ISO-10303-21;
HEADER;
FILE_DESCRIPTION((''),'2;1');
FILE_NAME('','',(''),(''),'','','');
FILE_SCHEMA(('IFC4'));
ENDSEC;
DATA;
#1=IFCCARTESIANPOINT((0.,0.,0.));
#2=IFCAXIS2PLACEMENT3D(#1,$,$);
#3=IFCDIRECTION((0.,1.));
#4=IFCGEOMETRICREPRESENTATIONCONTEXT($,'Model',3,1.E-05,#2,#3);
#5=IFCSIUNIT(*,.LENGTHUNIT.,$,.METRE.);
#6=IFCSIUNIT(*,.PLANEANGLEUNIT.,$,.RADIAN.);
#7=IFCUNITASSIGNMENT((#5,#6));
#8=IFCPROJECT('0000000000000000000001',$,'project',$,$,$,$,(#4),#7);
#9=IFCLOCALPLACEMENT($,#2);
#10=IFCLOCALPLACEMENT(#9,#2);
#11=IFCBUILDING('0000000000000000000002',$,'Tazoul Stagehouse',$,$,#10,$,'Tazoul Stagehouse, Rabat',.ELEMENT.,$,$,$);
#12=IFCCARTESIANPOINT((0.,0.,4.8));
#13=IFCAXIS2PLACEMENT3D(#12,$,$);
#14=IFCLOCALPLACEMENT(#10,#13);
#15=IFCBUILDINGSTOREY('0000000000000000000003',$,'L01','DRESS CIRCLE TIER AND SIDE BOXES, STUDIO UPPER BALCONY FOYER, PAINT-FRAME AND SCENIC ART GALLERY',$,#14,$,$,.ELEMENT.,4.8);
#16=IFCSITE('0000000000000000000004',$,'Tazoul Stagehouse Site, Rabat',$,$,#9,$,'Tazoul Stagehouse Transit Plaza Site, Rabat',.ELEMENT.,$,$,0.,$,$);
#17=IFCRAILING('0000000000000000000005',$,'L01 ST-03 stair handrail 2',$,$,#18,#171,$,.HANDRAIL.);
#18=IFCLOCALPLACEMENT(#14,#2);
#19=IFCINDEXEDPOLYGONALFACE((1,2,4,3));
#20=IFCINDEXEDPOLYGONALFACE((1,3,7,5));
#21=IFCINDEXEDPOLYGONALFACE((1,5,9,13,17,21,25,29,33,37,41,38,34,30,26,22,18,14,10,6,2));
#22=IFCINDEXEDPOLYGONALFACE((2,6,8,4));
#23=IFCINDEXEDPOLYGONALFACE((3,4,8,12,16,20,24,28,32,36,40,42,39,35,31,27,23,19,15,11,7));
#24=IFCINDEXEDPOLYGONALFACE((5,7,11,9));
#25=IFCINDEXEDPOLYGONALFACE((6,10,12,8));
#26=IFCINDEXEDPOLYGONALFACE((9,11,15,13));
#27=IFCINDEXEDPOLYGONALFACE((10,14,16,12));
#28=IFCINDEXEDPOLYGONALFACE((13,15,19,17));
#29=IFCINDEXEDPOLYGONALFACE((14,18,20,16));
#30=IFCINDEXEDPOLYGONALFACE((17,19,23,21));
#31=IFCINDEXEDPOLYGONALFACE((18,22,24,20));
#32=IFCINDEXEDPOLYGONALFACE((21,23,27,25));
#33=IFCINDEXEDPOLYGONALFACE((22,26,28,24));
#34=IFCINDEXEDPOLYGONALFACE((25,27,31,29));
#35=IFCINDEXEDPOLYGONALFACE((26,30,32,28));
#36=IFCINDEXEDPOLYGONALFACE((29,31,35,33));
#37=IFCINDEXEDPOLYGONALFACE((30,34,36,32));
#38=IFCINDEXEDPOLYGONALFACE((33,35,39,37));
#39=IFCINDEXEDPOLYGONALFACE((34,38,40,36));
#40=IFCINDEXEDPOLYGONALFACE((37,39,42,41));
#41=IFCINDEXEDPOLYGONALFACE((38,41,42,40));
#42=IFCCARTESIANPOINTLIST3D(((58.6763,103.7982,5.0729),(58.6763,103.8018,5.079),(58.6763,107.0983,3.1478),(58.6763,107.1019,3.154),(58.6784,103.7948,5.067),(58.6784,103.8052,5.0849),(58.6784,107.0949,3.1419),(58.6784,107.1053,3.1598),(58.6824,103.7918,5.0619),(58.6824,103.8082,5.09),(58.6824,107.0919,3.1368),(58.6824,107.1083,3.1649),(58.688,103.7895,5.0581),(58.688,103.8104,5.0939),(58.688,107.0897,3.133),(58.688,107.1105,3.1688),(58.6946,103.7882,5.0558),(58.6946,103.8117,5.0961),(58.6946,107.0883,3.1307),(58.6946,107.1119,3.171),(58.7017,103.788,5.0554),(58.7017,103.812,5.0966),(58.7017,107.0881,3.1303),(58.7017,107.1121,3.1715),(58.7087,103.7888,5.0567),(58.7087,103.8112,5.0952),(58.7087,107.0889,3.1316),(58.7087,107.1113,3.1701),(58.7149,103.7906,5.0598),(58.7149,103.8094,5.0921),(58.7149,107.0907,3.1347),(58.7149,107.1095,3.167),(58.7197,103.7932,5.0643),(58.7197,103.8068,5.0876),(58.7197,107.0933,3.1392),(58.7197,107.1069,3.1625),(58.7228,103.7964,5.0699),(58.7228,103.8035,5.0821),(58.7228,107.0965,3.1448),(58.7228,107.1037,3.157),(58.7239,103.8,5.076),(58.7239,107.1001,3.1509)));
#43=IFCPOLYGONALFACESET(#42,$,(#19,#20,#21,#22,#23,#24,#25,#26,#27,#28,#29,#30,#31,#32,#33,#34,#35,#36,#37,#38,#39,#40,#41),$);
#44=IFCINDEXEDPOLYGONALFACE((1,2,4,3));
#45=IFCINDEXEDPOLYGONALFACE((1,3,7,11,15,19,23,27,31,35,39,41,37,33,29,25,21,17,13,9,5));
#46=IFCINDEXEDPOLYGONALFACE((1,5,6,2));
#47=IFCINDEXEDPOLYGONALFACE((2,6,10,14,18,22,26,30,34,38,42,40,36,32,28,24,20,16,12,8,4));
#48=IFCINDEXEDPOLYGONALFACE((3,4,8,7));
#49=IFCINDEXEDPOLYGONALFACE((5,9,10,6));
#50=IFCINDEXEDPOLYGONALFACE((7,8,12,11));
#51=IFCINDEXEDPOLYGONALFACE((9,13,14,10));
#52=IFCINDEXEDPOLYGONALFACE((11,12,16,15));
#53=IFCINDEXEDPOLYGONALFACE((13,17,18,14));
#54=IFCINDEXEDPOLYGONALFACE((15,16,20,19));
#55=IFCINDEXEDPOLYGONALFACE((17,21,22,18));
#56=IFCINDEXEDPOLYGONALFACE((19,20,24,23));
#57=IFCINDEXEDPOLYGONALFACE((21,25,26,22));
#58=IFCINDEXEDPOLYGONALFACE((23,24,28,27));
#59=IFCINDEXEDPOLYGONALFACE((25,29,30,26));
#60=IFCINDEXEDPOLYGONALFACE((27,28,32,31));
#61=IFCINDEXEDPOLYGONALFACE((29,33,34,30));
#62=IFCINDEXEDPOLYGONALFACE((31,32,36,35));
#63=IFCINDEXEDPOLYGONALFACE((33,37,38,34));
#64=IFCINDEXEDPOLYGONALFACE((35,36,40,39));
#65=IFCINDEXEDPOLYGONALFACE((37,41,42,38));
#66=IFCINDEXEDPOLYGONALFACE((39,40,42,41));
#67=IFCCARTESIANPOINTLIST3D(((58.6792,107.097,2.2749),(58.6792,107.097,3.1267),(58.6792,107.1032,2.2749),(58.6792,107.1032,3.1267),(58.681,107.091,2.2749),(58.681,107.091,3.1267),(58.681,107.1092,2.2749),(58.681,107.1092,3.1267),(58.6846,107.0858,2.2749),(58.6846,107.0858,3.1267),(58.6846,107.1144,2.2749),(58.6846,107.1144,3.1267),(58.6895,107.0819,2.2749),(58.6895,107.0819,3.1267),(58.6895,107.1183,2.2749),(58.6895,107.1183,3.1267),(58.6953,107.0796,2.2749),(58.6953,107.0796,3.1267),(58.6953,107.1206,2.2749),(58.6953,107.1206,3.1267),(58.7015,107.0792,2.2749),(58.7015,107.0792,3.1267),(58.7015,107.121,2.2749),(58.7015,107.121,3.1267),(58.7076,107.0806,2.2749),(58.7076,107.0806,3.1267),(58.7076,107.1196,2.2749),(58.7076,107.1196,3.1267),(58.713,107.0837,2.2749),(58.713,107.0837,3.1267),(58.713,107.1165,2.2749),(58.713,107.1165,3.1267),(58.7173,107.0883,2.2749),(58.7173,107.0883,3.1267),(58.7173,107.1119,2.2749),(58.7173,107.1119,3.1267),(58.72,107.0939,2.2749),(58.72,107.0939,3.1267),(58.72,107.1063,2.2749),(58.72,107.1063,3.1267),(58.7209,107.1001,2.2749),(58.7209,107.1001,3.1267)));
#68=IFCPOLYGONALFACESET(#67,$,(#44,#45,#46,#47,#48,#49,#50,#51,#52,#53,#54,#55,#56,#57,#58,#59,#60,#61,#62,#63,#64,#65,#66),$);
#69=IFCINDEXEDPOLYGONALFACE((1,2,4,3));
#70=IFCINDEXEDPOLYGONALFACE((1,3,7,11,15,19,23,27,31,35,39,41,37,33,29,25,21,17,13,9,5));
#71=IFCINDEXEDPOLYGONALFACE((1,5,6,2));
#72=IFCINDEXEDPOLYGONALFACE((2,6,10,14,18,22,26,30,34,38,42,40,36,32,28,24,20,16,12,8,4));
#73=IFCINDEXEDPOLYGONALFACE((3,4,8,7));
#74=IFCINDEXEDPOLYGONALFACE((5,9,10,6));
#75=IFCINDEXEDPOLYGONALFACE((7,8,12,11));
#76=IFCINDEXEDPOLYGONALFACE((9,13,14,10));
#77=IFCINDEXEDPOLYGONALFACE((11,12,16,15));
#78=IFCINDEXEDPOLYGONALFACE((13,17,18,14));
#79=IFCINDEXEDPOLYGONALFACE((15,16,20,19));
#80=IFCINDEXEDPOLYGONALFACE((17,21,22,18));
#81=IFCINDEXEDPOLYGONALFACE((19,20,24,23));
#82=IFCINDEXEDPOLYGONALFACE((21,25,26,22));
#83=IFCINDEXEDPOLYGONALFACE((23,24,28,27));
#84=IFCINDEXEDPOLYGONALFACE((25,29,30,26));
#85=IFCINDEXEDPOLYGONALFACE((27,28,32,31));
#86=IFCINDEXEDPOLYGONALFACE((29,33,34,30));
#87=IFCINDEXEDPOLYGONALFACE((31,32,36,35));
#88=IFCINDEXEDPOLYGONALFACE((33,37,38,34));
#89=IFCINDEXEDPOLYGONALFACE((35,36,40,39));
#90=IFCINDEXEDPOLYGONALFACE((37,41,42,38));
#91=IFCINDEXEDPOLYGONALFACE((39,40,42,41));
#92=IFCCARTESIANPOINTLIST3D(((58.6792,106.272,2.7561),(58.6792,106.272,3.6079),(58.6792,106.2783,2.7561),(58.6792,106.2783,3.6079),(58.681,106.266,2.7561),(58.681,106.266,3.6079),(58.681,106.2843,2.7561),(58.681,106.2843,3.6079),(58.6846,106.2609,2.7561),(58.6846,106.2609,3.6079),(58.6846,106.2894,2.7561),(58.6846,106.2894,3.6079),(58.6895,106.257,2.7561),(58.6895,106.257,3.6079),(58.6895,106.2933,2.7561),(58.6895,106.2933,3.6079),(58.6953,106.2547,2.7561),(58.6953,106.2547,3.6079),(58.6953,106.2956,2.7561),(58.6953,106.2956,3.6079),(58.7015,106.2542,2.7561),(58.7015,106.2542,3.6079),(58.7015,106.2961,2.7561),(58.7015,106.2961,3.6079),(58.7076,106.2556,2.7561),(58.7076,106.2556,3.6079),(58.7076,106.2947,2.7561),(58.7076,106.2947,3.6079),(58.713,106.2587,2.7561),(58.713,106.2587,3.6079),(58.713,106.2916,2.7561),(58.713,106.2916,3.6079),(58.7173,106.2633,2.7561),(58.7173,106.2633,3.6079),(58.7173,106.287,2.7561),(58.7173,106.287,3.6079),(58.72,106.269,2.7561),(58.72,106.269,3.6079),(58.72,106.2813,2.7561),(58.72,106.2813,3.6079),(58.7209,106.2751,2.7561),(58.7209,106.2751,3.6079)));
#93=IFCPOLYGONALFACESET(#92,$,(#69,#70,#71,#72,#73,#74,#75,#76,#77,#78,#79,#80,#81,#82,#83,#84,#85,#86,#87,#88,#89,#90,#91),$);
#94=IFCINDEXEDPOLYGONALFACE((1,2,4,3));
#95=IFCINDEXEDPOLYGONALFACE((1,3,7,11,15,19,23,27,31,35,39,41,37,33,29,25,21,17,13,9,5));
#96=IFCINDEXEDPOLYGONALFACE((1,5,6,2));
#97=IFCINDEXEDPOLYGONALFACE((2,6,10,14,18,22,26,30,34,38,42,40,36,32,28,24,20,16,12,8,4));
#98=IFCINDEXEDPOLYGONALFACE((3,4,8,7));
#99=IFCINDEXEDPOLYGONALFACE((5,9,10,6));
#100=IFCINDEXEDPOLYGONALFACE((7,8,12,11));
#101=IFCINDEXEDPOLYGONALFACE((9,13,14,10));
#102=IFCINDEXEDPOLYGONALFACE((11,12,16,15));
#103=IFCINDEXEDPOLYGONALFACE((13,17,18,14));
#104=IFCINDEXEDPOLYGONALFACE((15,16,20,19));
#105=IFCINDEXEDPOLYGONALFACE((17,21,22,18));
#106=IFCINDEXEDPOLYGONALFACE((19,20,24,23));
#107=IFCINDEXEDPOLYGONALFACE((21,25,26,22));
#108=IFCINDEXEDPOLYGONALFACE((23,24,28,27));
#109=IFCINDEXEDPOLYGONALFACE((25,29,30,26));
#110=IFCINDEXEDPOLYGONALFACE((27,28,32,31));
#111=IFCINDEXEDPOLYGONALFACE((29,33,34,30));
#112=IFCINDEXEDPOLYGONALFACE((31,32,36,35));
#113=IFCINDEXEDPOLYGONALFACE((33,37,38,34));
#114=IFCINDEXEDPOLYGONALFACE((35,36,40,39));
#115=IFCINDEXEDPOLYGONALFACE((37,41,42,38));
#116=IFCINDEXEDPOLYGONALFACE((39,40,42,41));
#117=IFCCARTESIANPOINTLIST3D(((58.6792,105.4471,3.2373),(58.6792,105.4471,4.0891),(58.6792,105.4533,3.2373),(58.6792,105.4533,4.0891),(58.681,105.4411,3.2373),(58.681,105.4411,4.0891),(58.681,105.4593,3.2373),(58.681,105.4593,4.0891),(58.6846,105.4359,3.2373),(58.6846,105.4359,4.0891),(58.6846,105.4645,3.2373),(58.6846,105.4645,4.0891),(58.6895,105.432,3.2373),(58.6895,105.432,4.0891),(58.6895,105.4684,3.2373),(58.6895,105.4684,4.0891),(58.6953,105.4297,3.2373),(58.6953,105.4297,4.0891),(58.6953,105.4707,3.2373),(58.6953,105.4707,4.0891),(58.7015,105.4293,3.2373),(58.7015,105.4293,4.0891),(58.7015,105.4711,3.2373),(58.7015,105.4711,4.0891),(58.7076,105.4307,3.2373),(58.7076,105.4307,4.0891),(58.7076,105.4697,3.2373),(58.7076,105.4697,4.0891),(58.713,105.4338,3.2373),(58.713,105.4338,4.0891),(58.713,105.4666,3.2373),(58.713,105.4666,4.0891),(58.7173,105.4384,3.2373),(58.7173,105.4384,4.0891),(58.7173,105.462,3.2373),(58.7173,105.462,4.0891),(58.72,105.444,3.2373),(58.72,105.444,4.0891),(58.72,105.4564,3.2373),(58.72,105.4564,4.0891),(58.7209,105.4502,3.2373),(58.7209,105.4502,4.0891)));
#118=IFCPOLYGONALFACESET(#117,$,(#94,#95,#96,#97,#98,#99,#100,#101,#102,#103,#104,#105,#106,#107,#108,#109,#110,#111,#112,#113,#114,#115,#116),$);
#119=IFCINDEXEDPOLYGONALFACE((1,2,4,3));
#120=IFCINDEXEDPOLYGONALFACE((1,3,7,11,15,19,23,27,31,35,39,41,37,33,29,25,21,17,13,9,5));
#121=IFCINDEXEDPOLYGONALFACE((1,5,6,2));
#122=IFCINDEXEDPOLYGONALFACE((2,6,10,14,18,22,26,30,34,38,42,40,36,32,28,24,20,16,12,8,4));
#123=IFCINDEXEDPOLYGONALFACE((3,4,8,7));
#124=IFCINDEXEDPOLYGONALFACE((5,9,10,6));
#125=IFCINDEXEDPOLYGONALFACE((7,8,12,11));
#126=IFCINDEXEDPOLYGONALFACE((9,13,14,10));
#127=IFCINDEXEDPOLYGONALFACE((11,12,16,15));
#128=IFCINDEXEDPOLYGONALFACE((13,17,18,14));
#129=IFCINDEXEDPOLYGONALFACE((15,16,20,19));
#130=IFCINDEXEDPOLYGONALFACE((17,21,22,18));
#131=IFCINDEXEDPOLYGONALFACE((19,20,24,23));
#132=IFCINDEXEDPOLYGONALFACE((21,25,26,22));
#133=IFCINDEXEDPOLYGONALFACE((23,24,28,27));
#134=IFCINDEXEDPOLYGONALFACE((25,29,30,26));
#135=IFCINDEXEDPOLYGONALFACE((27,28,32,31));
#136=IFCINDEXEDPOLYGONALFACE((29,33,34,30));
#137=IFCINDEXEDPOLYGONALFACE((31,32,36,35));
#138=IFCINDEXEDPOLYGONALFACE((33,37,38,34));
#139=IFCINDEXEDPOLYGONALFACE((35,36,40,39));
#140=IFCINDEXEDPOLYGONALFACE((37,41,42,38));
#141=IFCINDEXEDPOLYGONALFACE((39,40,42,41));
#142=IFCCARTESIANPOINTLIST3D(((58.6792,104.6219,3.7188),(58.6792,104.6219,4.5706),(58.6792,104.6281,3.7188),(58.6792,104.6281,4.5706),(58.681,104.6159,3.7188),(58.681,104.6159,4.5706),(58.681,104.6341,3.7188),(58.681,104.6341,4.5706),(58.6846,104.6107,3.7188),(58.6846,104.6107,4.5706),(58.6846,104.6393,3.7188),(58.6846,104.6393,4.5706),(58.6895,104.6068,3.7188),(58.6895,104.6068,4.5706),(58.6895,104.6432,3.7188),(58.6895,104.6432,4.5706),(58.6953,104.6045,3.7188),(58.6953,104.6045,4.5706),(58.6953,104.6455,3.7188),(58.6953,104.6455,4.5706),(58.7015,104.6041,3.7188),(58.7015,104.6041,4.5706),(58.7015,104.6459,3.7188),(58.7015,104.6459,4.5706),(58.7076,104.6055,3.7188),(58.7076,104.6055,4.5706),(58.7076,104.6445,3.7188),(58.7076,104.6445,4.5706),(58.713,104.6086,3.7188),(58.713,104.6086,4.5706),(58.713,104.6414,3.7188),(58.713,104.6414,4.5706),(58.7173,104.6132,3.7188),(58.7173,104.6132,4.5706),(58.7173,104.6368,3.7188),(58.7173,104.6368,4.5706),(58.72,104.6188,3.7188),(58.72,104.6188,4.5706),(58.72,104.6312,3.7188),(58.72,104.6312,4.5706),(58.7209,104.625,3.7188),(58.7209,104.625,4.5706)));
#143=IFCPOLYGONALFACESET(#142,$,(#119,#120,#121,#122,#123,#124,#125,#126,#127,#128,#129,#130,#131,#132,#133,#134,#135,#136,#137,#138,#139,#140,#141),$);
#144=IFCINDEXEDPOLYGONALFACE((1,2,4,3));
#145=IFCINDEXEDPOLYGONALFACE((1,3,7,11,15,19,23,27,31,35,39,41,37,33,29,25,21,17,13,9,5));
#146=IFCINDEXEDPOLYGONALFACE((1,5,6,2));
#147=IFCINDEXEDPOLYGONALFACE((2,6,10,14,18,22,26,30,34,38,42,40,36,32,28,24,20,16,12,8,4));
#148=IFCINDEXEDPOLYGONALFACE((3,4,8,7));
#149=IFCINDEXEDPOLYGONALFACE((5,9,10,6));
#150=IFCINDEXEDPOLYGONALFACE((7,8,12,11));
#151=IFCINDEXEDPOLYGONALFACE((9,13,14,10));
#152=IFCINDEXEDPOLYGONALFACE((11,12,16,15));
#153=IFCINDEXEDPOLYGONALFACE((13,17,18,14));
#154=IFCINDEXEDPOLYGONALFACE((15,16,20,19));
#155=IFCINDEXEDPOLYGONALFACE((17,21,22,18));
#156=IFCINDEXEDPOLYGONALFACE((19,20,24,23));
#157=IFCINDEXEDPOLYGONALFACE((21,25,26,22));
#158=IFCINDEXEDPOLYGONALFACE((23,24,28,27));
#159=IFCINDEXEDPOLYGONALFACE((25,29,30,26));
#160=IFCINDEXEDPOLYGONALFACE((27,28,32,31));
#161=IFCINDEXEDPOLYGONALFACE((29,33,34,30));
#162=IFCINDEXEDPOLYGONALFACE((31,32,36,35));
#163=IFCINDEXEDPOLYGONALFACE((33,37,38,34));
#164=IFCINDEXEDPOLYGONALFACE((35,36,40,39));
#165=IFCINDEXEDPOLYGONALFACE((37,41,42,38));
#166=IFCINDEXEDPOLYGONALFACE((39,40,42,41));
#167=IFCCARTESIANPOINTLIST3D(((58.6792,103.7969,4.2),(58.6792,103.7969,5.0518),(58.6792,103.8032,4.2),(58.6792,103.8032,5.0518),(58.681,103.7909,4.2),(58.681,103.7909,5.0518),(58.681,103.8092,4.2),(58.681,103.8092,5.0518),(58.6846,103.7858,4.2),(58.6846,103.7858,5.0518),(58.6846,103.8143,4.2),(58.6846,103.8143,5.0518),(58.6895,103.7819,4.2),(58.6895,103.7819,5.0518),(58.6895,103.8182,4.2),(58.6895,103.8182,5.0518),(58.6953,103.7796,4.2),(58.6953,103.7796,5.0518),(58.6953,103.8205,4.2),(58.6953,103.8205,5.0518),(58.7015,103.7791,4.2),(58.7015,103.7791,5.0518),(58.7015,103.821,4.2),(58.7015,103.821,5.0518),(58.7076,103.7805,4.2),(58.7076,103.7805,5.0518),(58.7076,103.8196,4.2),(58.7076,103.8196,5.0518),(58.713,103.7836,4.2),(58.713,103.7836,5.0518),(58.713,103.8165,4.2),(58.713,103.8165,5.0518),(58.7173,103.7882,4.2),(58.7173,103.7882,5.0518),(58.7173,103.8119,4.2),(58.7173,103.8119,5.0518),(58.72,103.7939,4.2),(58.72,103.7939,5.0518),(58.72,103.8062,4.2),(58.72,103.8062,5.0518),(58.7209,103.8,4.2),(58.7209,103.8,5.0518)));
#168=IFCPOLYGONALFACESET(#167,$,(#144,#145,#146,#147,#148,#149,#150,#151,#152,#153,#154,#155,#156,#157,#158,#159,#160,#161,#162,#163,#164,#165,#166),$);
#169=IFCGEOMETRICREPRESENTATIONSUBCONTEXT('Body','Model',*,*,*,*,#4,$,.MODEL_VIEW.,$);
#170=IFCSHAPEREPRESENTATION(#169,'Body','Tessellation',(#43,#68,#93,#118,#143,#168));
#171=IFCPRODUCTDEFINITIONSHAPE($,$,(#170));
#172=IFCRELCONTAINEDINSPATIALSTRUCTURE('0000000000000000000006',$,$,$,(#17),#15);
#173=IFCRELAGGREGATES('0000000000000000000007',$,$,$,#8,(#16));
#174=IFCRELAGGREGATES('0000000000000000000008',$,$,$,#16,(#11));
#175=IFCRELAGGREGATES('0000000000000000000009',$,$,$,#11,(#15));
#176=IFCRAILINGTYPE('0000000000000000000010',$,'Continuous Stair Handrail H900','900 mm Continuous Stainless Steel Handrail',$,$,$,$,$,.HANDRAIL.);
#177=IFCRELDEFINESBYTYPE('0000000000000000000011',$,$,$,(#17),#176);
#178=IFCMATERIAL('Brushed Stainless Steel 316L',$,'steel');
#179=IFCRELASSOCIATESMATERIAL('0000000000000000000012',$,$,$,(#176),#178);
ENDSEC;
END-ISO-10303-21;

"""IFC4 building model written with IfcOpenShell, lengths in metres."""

from ifc_helpers import new_model, si_unit, direction, frame, origin, origin_2d, place, context, subcontext, project, spatial, circle, extrude, material, material_profile, profile_set, type_object, element, save


model = new_model("IFC4")

# Units and contexts
model_context = context("Model", 3, precision=1e-05, world=origin(), true_north=direction((0.0, 1.0)))
body_context = subcontext(model_context, "Body", "Model", "MODEL_VIEW")
ifc_project = project(units=[si_unit("LENGTHUNIT", "METRE"), si_unit("PLANEANGLEUNIT", "RADIAN")], contexts=[model_context])

# Site, building, storey
site_placement = place(None, origin())
site = spatial("IfcSite", under=ifc_project, at=site_placement, Name="Tazoul Stagehouse Site, Rabat", LongName="Tazoul Stagehouse Transit Plaza Site, Rabat", CompositionType="ELEMENT", RefElevation=0.0)
building_placement = place(site_placement, origin())
building = spatial("IfcBuilding", under=site, at=building_placement, Name="Tazoul Stagehouse", LongName="Tazoul Stagehouse, Rabat", CompositionType="ELEMENT")
storey_placement = place(building_placement, frame((0.0, 0.0, 4.8)))
storey = spatial("IfcBuildingStorey", under=building, at=storey_placement, Name="L01", Description="DRESS CIRCLE TIER AND SIDE BOXES, STUDIO UPPER BALCONY FOYER, PAINT-FRAME AND SCENIC ART GALLERY", CompositionType="ELEMENT", Elevation=4.8)

# Railing
ifc_material_1 = material(Name="Brushed Stainless Steel 316L", Category="steel")
ifc_material_profile_1 = material_profile(ifc_material_1, circle(Radius=0.021, at=origin_2d()), Name="SS HANDRAIL D42")
ifc_profile_set_1 = profile_set([ifc_material_profile_1], Name="Brushed Stainless Steel 316L")
railing_type_1 = type_object("IfcRailingType", Name="Continuous Stair Handrail H900", Description="900 mm Continuous Stainless Steel Handrail", PredefinedType="HANDRAIL", material=ifc_profile_set_1)
railing_1_placement = place(storey_placement, frame((58.7, 107.1001, 2.2749)))
element("IfcRailing", 1, at=railing_1_placement, inside=storey, type_object=railing_type_1, Name="L01 ST-03 stair handrail 2", PredefinedType="HANDRAIL", context=body_context, shape_type="SweptSolid", body=[
    extrude(circle(Radius=0.0239, at=origin_2d()), frame((0.0, 0.0, 0.876), z_axis=(0.0, -0.863777, 0.503875), x_axis=(1.0, 0.0, 0.0)), (0.0, 0.0, 1.0), 3.8206),
    extrude(circle(Radius=0.021, at=origin_2d()), origin(), (0.0, 0.0, 1.0), 0.8518),
    extrude(circle(Radius=0.021, at=origin_2d()), frame((0.0, -0.825, 0.4812)), (0.0, 0.0, 1.0), 0.8518),
    extrude(circle(Radius=0.021, at=origin_2d()), frame((0.0, -1.6499, 0.9624)), (0.0, 0.0, 1.0), 0.8518),
    extrude(circle(Radius=0.021, at=origin_2d()), frame((0.0, -2.4751, 1.4438)), (0.0, 0.0, 1.0), 0.8518),
    extrude(circle(Radius=0.021, at=origin_2d()), frame((0.0, -3.3, 1.925)), (0.0, 0.0, 1.0), 0.8518),
])

save(model, "model.ifc")
